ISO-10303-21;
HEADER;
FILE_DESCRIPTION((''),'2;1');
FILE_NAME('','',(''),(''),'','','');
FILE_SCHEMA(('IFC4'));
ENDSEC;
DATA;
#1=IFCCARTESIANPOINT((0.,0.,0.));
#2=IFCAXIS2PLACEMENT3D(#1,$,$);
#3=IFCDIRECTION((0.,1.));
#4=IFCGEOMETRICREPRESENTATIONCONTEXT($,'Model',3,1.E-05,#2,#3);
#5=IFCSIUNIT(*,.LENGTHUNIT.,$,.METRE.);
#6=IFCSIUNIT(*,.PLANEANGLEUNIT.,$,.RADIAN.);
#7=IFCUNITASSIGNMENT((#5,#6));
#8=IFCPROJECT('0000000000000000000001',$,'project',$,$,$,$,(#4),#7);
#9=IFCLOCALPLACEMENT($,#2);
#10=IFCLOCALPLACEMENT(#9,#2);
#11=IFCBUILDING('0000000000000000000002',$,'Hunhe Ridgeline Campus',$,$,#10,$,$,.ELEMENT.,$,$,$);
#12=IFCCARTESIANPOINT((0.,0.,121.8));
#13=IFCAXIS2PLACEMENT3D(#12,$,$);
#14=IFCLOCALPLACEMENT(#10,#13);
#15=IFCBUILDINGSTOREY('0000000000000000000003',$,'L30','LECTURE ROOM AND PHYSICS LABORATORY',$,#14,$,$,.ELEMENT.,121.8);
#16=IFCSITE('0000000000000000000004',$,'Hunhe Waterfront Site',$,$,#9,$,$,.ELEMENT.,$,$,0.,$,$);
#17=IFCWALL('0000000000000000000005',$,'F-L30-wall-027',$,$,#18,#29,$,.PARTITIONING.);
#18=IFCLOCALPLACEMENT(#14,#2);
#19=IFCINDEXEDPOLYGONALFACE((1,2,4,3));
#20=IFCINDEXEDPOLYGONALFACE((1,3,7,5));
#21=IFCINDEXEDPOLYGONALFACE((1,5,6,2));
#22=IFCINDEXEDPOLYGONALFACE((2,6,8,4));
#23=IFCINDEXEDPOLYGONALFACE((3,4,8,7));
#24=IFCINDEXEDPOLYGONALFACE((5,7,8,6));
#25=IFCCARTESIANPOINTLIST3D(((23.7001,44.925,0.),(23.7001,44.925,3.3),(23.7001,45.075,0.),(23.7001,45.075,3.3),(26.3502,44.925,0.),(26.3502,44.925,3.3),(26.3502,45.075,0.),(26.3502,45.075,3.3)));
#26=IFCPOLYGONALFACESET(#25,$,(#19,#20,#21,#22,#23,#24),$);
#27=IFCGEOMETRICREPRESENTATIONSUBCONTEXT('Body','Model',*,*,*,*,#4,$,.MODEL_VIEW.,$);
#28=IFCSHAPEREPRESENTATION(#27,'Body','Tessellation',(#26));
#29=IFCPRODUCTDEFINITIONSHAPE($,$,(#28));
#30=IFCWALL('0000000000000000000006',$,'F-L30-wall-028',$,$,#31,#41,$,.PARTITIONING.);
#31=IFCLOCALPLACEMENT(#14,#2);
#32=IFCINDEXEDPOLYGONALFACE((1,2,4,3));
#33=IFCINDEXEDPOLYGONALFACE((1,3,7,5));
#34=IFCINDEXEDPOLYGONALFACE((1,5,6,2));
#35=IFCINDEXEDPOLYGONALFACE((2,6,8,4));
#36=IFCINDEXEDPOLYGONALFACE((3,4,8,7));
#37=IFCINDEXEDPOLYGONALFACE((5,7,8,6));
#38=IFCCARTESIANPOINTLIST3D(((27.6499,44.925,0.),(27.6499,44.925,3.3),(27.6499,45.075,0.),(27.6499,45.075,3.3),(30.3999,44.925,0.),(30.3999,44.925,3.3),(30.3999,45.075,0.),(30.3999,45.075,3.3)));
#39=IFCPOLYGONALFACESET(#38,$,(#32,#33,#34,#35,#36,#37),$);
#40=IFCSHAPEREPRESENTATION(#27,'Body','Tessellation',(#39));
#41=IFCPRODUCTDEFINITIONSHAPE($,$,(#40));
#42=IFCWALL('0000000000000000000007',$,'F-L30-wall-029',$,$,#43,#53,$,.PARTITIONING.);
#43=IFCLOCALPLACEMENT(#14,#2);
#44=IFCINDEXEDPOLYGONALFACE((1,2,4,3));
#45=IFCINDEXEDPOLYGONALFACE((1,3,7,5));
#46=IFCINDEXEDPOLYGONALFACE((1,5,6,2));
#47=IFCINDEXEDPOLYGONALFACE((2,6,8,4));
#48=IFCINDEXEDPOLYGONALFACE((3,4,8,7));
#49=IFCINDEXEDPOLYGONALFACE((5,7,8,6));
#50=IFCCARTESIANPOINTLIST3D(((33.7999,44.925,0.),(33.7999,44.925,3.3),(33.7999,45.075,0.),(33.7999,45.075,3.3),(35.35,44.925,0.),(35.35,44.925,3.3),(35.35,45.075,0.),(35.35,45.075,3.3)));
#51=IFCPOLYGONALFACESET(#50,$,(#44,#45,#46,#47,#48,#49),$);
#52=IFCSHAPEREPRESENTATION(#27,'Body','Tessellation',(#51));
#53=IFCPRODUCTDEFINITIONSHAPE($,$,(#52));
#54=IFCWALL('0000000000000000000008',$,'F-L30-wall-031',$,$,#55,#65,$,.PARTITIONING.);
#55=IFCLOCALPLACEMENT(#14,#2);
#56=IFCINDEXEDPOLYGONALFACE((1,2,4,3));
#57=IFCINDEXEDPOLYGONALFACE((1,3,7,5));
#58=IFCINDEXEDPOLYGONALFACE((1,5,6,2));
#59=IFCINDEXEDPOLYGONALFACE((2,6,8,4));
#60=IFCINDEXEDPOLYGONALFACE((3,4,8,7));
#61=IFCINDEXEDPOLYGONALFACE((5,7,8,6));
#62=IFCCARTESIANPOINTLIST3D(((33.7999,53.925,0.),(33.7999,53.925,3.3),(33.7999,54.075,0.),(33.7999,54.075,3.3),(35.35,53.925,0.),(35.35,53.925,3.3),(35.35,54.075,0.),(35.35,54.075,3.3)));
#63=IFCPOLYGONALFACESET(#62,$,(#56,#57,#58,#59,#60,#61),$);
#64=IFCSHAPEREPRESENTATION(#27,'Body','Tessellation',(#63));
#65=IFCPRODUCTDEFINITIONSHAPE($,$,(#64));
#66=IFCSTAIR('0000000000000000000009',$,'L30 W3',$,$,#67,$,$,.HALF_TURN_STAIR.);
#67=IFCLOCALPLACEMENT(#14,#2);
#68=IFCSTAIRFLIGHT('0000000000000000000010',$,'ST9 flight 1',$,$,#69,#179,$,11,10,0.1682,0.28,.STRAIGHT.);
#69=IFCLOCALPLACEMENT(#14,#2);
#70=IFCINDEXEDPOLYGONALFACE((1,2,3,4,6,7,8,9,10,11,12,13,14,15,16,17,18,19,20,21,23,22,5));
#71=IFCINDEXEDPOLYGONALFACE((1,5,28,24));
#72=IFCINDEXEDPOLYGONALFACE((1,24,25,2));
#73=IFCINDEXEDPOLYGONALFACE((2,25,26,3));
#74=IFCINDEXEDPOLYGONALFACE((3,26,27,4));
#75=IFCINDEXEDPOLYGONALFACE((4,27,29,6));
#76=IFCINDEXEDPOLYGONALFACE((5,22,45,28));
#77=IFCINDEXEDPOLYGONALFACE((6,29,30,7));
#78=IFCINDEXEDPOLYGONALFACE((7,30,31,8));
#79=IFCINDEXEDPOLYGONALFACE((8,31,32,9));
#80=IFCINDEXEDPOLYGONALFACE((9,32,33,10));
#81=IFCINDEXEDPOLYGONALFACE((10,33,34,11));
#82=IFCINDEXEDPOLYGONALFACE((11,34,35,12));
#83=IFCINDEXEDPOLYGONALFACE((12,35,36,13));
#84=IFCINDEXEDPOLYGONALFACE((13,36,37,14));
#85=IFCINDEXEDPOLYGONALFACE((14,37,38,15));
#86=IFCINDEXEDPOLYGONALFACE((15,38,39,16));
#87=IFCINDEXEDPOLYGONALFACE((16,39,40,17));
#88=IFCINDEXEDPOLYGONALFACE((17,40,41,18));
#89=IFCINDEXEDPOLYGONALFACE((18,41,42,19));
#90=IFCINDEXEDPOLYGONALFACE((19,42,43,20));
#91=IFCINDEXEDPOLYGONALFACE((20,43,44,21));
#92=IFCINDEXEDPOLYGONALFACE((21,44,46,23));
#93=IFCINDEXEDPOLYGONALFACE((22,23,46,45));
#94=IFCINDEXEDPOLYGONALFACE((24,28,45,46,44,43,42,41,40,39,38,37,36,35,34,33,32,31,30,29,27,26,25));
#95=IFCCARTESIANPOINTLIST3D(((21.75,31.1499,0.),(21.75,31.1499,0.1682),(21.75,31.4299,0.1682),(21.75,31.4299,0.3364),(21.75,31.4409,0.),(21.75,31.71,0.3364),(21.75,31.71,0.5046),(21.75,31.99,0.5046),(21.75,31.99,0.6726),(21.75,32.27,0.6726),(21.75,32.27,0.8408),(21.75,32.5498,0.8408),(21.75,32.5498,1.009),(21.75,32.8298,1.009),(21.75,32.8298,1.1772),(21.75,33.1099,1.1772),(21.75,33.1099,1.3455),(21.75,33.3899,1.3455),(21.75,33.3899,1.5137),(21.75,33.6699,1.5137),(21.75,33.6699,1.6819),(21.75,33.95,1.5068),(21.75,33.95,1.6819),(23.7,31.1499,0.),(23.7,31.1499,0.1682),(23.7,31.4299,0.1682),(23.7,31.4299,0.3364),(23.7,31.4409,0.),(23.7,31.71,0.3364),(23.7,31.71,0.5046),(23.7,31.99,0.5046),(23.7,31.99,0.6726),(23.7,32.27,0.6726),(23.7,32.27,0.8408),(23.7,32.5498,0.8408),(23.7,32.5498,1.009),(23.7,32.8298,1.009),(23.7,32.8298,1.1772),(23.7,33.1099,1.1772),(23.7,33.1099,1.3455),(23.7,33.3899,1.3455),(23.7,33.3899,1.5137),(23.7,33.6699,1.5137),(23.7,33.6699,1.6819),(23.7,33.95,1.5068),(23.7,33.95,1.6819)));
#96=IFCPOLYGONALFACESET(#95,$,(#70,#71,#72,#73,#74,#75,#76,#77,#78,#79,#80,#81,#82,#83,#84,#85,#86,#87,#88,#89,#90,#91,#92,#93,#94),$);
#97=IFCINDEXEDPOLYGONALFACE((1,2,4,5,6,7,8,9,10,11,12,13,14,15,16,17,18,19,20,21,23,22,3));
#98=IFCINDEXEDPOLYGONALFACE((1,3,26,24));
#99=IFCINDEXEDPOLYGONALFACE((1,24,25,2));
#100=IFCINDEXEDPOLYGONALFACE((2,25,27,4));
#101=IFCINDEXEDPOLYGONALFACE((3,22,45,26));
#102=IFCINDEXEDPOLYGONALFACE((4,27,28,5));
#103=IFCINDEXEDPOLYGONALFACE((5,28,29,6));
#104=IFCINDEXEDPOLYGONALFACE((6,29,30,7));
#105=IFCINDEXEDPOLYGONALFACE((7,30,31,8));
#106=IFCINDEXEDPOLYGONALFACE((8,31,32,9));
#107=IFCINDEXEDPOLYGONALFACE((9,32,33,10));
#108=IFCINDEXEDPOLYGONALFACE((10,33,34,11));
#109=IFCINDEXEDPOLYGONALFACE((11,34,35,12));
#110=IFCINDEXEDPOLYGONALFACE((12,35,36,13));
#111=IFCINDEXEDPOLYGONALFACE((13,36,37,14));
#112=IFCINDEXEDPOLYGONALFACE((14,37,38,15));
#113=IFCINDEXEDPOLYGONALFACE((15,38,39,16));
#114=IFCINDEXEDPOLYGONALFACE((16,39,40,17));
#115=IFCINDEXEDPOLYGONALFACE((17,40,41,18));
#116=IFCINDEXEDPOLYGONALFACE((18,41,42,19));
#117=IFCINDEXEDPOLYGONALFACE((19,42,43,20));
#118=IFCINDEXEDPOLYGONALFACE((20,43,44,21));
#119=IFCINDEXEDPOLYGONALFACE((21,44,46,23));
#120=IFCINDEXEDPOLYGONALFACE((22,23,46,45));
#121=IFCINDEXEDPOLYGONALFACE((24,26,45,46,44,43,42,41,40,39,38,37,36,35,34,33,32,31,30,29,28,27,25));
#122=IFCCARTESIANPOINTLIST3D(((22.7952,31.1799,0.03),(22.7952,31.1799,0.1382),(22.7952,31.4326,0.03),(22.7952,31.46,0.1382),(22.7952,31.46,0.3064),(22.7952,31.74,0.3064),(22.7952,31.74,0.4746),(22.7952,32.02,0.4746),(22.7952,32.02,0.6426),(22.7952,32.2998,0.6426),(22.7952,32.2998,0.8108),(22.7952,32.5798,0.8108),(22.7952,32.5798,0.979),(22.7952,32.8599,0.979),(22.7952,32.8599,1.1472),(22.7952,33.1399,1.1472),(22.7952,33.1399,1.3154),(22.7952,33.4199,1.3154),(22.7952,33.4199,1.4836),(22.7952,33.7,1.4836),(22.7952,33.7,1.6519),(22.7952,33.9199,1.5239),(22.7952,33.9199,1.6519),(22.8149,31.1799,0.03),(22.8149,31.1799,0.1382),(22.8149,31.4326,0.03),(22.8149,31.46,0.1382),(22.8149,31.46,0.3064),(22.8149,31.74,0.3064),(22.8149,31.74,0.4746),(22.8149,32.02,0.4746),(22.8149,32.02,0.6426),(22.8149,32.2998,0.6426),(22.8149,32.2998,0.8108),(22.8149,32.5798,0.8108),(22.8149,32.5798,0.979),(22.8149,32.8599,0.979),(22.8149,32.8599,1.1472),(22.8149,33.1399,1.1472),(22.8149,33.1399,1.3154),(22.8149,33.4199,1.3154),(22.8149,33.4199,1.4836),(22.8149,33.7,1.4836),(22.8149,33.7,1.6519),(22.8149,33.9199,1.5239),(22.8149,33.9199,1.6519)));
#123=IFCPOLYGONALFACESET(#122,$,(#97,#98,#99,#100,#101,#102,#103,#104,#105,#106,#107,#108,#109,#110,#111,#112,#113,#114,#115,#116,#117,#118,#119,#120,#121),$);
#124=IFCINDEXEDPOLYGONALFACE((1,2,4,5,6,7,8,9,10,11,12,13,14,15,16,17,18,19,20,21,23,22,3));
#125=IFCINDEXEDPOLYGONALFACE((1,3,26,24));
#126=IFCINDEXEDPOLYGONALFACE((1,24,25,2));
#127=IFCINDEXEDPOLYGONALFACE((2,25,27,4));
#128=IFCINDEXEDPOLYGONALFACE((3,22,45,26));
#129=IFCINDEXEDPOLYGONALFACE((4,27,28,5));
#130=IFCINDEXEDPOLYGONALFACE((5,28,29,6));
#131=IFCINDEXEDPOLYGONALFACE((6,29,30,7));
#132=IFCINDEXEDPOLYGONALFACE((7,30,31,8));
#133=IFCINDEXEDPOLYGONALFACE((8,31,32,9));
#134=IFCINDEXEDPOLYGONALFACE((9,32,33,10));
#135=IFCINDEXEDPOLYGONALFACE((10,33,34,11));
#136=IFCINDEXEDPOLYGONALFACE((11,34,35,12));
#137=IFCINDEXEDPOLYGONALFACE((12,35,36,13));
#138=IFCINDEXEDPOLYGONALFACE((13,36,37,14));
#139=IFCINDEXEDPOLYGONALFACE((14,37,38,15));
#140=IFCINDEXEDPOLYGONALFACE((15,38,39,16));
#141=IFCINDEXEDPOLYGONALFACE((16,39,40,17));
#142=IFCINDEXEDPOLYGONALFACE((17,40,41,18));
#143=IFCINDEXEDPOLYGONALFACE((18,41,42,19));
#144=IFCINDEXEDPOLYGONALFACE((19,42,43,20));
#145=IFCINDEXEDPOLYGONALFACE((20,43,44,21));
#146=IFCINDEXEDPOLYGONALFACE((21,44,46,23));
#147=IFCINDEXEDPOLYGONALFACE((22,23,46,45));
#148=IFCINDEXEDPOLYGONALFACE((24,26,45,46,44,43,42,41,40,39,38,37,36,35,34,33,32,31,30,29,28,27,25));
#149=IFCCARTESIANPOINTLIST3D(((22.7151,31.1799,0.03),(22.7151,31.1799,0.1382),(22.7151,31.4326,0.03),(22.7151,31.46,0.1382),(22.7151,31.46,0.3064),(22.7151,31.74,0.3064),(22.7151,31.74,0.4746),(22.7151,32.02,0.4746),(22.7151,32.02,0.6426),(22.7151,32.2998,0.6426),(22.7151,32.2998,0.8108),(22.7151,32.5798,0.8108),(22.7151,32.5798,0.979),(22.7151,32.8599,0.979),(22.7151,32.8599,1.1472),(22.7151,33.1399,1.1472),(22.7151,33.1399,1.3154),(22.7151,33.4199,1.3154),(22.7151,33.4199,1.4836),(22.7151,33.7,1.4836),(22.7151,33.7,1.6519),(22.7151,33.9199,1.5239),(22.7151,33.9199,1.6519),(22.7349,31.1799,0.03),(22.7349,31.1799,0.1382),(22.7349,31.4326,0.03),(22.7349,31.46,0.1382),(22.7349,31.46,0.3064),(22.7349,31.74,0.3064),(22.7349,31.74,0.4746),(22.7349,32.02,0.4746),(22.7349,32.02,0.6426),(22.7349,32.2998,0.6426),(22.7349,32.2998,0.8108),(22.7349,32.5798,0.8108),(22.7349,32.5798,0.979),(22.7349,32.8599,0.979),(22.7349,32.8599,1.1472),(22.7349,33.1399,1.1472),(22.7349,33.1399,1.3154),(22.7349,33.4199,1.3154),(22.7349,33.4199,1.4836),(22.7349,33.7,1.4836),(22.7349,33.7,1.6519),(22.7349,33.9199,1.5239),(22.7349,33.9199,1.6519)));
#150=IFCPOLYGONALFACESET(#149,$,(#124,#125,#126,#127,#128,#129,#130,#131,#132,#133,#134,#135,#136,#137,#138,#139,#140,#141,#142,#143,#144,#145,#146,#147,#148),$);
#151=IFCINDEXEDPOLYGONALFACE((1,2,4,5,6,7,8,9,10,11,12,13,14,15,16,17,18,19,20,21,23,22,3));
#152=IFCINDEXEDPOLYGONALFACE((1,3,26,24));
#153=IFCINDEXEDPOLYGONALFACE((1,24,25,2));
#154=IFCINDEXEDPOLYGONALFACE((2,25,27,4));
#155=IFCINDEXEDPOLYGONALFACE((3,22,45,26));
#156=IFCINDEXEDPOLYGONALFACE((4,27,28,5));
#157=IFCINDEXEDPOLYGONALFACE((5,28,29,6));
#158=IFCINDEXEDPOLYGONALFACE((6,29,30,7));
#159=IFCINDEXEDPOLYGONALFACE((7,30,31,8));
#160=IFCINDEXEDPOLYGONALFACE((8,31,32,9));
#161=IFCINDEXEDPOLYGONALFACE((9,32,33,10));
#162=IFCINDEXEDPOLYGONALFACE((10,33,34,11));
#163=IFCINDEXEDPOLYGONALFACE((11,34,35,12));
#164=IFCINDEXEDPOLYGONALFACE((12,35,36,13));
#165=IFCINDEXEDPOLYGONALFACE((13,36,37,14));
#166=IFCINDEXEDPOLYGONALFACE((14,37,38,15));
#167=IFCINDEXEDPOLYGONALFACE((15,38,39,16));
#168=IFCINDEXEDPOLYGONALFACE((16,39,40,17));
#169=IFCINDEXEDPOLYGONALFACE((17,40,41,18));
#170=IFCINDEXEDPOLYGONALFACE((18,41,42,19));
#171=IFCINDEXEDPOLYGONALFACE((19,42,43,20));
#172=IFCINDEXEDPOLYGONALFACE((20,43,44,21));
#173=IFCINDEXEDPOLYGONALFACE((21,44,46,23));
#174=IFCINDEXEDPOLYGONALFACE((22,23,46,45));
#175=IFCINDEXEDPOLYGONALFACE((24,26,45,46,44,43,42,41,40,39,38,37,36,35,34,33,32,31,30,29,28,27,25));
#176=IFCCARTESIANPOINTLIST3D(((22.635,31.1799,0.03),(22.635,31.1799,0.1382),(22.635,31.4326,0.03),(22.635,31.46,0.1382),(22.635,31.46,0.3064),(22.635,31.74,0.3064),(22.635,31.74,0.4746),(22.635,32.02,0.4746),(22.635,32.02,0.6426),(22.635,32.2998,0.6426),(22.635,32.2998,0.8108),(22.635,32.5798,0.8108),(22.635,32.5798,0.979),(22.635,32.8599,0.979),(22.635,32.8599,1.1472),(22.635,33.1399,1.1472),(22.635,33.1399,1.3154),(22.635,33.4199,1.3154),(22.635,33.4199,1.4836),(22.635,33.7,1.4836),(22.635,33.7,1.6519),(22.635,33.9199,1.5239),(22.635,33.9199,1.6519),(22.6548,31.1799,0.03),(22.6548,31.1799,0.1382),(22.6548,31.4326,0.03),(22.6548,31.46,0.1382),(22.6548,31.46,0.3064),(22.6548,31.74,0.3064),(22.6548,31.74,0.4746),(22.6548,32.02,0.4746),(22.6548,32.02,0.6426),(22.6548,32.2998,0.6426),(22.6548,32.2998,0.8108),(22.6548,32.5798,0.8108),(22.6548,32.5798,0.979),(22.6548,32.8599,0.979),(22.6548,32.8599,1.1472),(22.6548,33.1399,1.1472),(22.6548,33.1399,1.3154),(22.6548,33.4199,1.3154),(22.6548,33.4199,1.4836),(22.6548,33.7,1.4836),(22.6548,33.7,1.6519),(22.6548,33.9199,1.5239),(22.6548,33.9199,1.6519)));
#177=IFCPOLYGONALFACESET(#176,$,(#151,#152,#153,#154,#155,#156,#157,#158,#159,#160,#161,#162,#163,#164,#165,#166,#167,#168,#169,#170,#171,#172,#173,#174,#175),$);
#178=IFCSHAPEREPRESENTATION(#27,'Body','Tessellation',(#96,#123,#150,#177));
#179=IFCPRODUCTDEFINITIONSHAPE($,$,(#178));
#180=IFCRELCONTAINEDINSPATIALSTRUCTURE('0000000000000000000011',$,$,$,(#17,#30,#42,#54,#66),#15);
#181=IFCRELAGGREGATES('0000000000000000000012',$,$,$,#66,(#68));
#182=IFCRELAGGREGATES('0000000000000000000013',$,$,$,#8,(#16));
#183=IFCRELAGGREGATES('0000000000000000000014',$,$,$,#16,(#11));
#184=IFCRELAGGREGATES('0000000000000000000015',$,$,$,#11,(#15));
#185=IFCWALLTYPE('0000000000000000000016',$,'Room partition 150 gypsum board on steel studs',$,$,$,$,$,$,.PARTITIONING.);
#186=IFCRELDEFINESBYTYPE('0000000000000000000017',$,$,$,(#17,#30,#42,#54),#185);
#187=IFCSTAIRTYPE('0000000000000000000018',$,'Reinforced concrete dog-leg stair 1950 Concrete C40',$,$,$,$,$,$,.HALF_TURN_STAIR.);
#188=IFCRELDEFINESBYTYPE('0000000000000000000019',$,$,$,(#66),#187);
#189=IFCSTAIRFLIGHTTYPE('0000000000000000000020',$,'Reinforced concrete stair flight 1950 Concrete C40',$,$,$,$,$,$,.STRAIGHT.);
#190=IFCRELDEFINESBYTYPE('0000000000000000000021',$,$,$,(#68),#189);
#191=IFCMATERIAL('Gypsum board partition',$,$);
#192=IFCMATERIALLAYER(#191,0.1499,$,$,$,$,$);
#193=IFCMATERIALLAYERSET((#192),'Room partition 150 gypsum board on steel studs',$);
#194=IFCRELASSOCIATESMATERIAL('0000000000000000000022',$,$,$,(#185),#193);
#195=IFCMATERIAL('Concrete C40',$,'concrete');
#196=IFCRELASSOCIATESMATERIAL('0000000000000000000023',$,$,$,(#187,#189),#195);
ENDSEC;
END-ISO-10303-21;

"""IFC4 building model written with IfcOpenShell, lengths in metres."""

from ifc_helpers import new_model, si_unit, direction, frame, frame_2d, origin, place, context, subcontext, project, spatial, polyline, rectangle, outline, extrude, material, layer, layer_set, type_object, element, aggregate, save


model = new_model("IFC4")

# Units and contexts
model_context = context("Model", 3, precision=1e-05, world=origin(), true_north=direction((0.0, 1.0)))
body_context = subcontext(model_context, "Body", "Model", "MODEL_VIEW")
ifc_project = project(units=[si_unit("LENGTHUNIT", "METRE"), si_unit("PLANEANGLEUNIT", "RADIAN")], contexts=[model_context])

# Site, building, storey
site_placement = place(None, origin())
site = spatial("IfcSite", under=ifc_project, at=site_placement, Name="Hunhe Waterfront Site", CompositionType="ELEMENT", RefElevation=0.0)
building_placement = place(site_placement, origin())
building = spatial("IfcBuilding", under=site, at=building_placement, Name="Hunhe Ridgeline Campus", CompositionType="ELEMENT")
storey_placement = place(building_placement, frame((0.0, 0.0, 121.8)))
storey = spatial("IfcBuildingStorey", under=building, at=storey_placement, Name="L30", Description="LECTURE ROOM AND PHYSICS LABORATORY", CompositionType="ELEMENT", Elevation=121.8)

# Shared definitions
ifc_material_1 = material(Name="Gypsum board partition")

# Walls
ifc_layer_1 = layer(ifc_material_1, 0.1499)
ifc_layer_set_1 = layer_set([ifc_layer_1], Name="Room partition 150 gypsum board on steel studs")
wall_type_1 = type_object("IfcWallType", Name="Room partition 150 gypsum board on steel studs", PredefinedType="PARTITIONING", material=ifc_layer_set_1)
wall_1_placement = place(storey_placement, frame((23.7, 45.0, 0.0), z_axis=(0.0, 0.0, 1.0), x_axis=(1.0, 0.0, 0.0)))
element("IfcWall", 1, at=wall_1_placement, inside=storey, type_object=wall_type_1, Name="F-L30-wall-027", PredefinedType="PARTITIONING", context=body_context, shape_type="SweptSolid", body=[
    extrude(rectangle(XDim=2.6501, YDim=0.1499, at=frame_2d((1.3252, 0.0))), origin(), (0.0, 0.0, 1.0), 3.3),
])
wall_2_placement = place(storey_placement, frame((27.6499, 45.0, 0.0), z_axis=(0.0, 0.0, 1.0), x_axis=(1.0, 0.0, 0.0)))
element("IfcWall", 2, at=wall_2_placement, inside=storey, type_object=wall_type_1, Name="F-L30-wall-028", PredefinedType="PARTITIONING", context=body_context, shape_type="SweptSolid", body=[
    extrude(rectangle(XDim=2.75, YDim=0.1499, at=frame_2d((1.375, 0.0))), origin(), (0.0, 0.0, 1.0), 3.3),
])
for number, where, z_axis, x_axis, name in (
    (3, (33.8, 45.0, 0.0), (0.0, 0.0, 1.0), (1.0, 0.0, 0.0), "F-L30-wall-029"),
    (4, (33.8, 54.0, 0.0), (0.0, 0.0, 1.0), (1.0, 0.0, 0.0), "F-L30-wall-031"),
):
    element("IfcWall", number, at=place(storey_placement, frame(where, z_axis=z_axis, x_axis=x_axis)), inside=storey, type_object=wall_type_1, Name=name, PredefinedType="PARTITIONING", context=body_context, shape_type="SweptSolid", body=[
        extrude(rectangle(XDim=1.55, YDim=0.1499, at=frame_2d((0.7749, 0.0))), origin(), (0.0, 0.0, 1.0), 3.3),
    ])

# Stair, stair flight
ifc_material_2 = material(Name="Concrete C40", Category="concrete")
stair_type = type_object("IfcStairType", Name="Reinforced concrete dog-leg stair 1950 Concrete C40", PredefinedType="HALF_TURN_STAIR", material=ifc_material_2)
stair_placement = place(storey_placement, origin())
stair = element("IfcStair", 5, at=stair_placement, inside=storey, type_object=stair_type, Name="L30 W3", PredefinedType="HALF_TURN_STAIR")
stair_flight_type = type_object("IfcStairFlightType", Name="Reinforced concrete stair flight 1950 Concrete C40", PredefinedType="STRAIGHT", material=ifc_material_2)
stair_flight_placement = place(storey_placement, frame((22.7251, 31.1499, 0.0), z_axis=(0.0, 0.0, 1.0), x_axis=(0.0, 1.0, 0.0)))
stair_flight = element("IfcStairFlight", 6, at=stair_flight_placement, type_object=stair_flight_type, Name="ST9 flight 1", NumberOfRisers=11, NumberOfTreads=10, PredefinedType="STRAIGHT", RiserHeight=0.1682, TreadLength=0.28, context=body_context, shape_type="SweptSolid", body=[
    extrude(outline(polyline([(0.0, 0.0), (0.0, 0.1682), (0.28, 0.1682), (0.28, 0.3364), (0.5601, 0.3364), (0.5601, 0.5046), (0.8401, 0.5046), (0.8401, 0.6726), (1.1201, 0.6726), (1.1201, 0.8408), (1.3999, 0.8408), (1.3999, 1.009), (1.6799, 1.009), (1.6799, 1.1772), (1.96, 1.1772), (1.96, 1.3455), (2.24, 1.3455), (2.24, 1.5137), (2.52, 1.5137), (2.52, 1.6819), (2.8, 1.6819), (2.8, 1.8501), (2.8, 1.5068), (0.291, 0.0), (0.0, 0.0)])), frame((0.0, 0.9751, 0.0), z_axis=(0.0, -1.0, 0.0), x_axis=(1.0, 0.0, 0.0)), (0.0, 0.0, 1.0), 1.95),
    extrude(outline(polyline([(0.03, 0.03), (0.03, 0.1382), (0.3101, 0.1382), (0.3101, 0.3064), (0.5901, 0.3064), (0.5901, 0.4746), (0.8701, 0.4746), (0.8701, 0.6426), (1.1499, 0.6426), (1.1499, 0.8108), (1.4299, 0.8108), (1.4299, 0.979), (1.71, 0.979), (1.71, 1.1472), (1.99, 1.1472), (1.99, 1.3154), (2.27, 1.3154), (2.27, 1.4836), (2.55, 1.4836), (2.55, 1.6519), (2.77, 1.6519), (2.77, 1.5239), (0.2827, 0.03), (0.03, 0.03)])), frame((0.0, -0.0701, 0.0), z_axis=(0.0, -1.0, 0.0), x_axis=(1.0, 0.0, 0.0)), (0.0, 0.0, 1.0), 0.0198),
    extrude(outline(polyline([(0.03, 0.03), (0.03, 0.1382), (0.3101, 0.1382), (0.3101, 0.3064), (0.5901, 0.3064), (0.5901, 0.4746), (0.8701, 0.4746), (0.8701, 0.6426), (1.1499, 0.6426), (1.1499, 0.8108), (1.4299, 0.8108), (1.4299, 0.979), (1.71, 0.979), (1.71, 1.1472), (1.99, 1.1472), (1.99, 1.3154), (2.27, 1.3154), (2.27, 1.4836), (2.55, 1.4836), (2.55, 1.6519), (2.77, 1.6519), (2.77, 1.5239), (0.2827, 0.03), (0.03, 0.03)])), frame((0.0, 0.01, 0.0), z_axis=(0.0, -1.0, 0.0), x_axis=(1.0, 0.0, 0.0)), (0.0, 0.0, 1.0), 0.0198),
    extrude(outline(polyline([(0.03, 0.03), (0.03, 0.1382), (0.3101, 0.1382), (0.3101, 0.3064), (0.5901, 0.3064), (0.5901, 0.4746), (0.8701, 0.4746), (0.8701, 0.6426), (1.1499, 0.6426), (1.1499, 0.8108), (1.4299, 0.8108), (1.4299, 0.979), (1.71, 0.979), (1.71, 1.1472), (1.99, 1.1472), (1.99, 1.3154), (2.27, 1.3154), (2.27, 1.4836), (2.55, 1.4836), (2.55, 1.6519), (2.77, 1.6519), (2.77, 1.5239), (0.2827, 0.03), (0.03, 0.03)])), frame((0.0, 0.0901, 0.0), z_axis=(0.0, -1.0, 0.0), x_axis=(1.0, 0.0, 0.0)), (0.0, 0.0, 1.0), 0.0198),
])
aggregate(stair, [stair_flight])

save(model, "model.ifc")
